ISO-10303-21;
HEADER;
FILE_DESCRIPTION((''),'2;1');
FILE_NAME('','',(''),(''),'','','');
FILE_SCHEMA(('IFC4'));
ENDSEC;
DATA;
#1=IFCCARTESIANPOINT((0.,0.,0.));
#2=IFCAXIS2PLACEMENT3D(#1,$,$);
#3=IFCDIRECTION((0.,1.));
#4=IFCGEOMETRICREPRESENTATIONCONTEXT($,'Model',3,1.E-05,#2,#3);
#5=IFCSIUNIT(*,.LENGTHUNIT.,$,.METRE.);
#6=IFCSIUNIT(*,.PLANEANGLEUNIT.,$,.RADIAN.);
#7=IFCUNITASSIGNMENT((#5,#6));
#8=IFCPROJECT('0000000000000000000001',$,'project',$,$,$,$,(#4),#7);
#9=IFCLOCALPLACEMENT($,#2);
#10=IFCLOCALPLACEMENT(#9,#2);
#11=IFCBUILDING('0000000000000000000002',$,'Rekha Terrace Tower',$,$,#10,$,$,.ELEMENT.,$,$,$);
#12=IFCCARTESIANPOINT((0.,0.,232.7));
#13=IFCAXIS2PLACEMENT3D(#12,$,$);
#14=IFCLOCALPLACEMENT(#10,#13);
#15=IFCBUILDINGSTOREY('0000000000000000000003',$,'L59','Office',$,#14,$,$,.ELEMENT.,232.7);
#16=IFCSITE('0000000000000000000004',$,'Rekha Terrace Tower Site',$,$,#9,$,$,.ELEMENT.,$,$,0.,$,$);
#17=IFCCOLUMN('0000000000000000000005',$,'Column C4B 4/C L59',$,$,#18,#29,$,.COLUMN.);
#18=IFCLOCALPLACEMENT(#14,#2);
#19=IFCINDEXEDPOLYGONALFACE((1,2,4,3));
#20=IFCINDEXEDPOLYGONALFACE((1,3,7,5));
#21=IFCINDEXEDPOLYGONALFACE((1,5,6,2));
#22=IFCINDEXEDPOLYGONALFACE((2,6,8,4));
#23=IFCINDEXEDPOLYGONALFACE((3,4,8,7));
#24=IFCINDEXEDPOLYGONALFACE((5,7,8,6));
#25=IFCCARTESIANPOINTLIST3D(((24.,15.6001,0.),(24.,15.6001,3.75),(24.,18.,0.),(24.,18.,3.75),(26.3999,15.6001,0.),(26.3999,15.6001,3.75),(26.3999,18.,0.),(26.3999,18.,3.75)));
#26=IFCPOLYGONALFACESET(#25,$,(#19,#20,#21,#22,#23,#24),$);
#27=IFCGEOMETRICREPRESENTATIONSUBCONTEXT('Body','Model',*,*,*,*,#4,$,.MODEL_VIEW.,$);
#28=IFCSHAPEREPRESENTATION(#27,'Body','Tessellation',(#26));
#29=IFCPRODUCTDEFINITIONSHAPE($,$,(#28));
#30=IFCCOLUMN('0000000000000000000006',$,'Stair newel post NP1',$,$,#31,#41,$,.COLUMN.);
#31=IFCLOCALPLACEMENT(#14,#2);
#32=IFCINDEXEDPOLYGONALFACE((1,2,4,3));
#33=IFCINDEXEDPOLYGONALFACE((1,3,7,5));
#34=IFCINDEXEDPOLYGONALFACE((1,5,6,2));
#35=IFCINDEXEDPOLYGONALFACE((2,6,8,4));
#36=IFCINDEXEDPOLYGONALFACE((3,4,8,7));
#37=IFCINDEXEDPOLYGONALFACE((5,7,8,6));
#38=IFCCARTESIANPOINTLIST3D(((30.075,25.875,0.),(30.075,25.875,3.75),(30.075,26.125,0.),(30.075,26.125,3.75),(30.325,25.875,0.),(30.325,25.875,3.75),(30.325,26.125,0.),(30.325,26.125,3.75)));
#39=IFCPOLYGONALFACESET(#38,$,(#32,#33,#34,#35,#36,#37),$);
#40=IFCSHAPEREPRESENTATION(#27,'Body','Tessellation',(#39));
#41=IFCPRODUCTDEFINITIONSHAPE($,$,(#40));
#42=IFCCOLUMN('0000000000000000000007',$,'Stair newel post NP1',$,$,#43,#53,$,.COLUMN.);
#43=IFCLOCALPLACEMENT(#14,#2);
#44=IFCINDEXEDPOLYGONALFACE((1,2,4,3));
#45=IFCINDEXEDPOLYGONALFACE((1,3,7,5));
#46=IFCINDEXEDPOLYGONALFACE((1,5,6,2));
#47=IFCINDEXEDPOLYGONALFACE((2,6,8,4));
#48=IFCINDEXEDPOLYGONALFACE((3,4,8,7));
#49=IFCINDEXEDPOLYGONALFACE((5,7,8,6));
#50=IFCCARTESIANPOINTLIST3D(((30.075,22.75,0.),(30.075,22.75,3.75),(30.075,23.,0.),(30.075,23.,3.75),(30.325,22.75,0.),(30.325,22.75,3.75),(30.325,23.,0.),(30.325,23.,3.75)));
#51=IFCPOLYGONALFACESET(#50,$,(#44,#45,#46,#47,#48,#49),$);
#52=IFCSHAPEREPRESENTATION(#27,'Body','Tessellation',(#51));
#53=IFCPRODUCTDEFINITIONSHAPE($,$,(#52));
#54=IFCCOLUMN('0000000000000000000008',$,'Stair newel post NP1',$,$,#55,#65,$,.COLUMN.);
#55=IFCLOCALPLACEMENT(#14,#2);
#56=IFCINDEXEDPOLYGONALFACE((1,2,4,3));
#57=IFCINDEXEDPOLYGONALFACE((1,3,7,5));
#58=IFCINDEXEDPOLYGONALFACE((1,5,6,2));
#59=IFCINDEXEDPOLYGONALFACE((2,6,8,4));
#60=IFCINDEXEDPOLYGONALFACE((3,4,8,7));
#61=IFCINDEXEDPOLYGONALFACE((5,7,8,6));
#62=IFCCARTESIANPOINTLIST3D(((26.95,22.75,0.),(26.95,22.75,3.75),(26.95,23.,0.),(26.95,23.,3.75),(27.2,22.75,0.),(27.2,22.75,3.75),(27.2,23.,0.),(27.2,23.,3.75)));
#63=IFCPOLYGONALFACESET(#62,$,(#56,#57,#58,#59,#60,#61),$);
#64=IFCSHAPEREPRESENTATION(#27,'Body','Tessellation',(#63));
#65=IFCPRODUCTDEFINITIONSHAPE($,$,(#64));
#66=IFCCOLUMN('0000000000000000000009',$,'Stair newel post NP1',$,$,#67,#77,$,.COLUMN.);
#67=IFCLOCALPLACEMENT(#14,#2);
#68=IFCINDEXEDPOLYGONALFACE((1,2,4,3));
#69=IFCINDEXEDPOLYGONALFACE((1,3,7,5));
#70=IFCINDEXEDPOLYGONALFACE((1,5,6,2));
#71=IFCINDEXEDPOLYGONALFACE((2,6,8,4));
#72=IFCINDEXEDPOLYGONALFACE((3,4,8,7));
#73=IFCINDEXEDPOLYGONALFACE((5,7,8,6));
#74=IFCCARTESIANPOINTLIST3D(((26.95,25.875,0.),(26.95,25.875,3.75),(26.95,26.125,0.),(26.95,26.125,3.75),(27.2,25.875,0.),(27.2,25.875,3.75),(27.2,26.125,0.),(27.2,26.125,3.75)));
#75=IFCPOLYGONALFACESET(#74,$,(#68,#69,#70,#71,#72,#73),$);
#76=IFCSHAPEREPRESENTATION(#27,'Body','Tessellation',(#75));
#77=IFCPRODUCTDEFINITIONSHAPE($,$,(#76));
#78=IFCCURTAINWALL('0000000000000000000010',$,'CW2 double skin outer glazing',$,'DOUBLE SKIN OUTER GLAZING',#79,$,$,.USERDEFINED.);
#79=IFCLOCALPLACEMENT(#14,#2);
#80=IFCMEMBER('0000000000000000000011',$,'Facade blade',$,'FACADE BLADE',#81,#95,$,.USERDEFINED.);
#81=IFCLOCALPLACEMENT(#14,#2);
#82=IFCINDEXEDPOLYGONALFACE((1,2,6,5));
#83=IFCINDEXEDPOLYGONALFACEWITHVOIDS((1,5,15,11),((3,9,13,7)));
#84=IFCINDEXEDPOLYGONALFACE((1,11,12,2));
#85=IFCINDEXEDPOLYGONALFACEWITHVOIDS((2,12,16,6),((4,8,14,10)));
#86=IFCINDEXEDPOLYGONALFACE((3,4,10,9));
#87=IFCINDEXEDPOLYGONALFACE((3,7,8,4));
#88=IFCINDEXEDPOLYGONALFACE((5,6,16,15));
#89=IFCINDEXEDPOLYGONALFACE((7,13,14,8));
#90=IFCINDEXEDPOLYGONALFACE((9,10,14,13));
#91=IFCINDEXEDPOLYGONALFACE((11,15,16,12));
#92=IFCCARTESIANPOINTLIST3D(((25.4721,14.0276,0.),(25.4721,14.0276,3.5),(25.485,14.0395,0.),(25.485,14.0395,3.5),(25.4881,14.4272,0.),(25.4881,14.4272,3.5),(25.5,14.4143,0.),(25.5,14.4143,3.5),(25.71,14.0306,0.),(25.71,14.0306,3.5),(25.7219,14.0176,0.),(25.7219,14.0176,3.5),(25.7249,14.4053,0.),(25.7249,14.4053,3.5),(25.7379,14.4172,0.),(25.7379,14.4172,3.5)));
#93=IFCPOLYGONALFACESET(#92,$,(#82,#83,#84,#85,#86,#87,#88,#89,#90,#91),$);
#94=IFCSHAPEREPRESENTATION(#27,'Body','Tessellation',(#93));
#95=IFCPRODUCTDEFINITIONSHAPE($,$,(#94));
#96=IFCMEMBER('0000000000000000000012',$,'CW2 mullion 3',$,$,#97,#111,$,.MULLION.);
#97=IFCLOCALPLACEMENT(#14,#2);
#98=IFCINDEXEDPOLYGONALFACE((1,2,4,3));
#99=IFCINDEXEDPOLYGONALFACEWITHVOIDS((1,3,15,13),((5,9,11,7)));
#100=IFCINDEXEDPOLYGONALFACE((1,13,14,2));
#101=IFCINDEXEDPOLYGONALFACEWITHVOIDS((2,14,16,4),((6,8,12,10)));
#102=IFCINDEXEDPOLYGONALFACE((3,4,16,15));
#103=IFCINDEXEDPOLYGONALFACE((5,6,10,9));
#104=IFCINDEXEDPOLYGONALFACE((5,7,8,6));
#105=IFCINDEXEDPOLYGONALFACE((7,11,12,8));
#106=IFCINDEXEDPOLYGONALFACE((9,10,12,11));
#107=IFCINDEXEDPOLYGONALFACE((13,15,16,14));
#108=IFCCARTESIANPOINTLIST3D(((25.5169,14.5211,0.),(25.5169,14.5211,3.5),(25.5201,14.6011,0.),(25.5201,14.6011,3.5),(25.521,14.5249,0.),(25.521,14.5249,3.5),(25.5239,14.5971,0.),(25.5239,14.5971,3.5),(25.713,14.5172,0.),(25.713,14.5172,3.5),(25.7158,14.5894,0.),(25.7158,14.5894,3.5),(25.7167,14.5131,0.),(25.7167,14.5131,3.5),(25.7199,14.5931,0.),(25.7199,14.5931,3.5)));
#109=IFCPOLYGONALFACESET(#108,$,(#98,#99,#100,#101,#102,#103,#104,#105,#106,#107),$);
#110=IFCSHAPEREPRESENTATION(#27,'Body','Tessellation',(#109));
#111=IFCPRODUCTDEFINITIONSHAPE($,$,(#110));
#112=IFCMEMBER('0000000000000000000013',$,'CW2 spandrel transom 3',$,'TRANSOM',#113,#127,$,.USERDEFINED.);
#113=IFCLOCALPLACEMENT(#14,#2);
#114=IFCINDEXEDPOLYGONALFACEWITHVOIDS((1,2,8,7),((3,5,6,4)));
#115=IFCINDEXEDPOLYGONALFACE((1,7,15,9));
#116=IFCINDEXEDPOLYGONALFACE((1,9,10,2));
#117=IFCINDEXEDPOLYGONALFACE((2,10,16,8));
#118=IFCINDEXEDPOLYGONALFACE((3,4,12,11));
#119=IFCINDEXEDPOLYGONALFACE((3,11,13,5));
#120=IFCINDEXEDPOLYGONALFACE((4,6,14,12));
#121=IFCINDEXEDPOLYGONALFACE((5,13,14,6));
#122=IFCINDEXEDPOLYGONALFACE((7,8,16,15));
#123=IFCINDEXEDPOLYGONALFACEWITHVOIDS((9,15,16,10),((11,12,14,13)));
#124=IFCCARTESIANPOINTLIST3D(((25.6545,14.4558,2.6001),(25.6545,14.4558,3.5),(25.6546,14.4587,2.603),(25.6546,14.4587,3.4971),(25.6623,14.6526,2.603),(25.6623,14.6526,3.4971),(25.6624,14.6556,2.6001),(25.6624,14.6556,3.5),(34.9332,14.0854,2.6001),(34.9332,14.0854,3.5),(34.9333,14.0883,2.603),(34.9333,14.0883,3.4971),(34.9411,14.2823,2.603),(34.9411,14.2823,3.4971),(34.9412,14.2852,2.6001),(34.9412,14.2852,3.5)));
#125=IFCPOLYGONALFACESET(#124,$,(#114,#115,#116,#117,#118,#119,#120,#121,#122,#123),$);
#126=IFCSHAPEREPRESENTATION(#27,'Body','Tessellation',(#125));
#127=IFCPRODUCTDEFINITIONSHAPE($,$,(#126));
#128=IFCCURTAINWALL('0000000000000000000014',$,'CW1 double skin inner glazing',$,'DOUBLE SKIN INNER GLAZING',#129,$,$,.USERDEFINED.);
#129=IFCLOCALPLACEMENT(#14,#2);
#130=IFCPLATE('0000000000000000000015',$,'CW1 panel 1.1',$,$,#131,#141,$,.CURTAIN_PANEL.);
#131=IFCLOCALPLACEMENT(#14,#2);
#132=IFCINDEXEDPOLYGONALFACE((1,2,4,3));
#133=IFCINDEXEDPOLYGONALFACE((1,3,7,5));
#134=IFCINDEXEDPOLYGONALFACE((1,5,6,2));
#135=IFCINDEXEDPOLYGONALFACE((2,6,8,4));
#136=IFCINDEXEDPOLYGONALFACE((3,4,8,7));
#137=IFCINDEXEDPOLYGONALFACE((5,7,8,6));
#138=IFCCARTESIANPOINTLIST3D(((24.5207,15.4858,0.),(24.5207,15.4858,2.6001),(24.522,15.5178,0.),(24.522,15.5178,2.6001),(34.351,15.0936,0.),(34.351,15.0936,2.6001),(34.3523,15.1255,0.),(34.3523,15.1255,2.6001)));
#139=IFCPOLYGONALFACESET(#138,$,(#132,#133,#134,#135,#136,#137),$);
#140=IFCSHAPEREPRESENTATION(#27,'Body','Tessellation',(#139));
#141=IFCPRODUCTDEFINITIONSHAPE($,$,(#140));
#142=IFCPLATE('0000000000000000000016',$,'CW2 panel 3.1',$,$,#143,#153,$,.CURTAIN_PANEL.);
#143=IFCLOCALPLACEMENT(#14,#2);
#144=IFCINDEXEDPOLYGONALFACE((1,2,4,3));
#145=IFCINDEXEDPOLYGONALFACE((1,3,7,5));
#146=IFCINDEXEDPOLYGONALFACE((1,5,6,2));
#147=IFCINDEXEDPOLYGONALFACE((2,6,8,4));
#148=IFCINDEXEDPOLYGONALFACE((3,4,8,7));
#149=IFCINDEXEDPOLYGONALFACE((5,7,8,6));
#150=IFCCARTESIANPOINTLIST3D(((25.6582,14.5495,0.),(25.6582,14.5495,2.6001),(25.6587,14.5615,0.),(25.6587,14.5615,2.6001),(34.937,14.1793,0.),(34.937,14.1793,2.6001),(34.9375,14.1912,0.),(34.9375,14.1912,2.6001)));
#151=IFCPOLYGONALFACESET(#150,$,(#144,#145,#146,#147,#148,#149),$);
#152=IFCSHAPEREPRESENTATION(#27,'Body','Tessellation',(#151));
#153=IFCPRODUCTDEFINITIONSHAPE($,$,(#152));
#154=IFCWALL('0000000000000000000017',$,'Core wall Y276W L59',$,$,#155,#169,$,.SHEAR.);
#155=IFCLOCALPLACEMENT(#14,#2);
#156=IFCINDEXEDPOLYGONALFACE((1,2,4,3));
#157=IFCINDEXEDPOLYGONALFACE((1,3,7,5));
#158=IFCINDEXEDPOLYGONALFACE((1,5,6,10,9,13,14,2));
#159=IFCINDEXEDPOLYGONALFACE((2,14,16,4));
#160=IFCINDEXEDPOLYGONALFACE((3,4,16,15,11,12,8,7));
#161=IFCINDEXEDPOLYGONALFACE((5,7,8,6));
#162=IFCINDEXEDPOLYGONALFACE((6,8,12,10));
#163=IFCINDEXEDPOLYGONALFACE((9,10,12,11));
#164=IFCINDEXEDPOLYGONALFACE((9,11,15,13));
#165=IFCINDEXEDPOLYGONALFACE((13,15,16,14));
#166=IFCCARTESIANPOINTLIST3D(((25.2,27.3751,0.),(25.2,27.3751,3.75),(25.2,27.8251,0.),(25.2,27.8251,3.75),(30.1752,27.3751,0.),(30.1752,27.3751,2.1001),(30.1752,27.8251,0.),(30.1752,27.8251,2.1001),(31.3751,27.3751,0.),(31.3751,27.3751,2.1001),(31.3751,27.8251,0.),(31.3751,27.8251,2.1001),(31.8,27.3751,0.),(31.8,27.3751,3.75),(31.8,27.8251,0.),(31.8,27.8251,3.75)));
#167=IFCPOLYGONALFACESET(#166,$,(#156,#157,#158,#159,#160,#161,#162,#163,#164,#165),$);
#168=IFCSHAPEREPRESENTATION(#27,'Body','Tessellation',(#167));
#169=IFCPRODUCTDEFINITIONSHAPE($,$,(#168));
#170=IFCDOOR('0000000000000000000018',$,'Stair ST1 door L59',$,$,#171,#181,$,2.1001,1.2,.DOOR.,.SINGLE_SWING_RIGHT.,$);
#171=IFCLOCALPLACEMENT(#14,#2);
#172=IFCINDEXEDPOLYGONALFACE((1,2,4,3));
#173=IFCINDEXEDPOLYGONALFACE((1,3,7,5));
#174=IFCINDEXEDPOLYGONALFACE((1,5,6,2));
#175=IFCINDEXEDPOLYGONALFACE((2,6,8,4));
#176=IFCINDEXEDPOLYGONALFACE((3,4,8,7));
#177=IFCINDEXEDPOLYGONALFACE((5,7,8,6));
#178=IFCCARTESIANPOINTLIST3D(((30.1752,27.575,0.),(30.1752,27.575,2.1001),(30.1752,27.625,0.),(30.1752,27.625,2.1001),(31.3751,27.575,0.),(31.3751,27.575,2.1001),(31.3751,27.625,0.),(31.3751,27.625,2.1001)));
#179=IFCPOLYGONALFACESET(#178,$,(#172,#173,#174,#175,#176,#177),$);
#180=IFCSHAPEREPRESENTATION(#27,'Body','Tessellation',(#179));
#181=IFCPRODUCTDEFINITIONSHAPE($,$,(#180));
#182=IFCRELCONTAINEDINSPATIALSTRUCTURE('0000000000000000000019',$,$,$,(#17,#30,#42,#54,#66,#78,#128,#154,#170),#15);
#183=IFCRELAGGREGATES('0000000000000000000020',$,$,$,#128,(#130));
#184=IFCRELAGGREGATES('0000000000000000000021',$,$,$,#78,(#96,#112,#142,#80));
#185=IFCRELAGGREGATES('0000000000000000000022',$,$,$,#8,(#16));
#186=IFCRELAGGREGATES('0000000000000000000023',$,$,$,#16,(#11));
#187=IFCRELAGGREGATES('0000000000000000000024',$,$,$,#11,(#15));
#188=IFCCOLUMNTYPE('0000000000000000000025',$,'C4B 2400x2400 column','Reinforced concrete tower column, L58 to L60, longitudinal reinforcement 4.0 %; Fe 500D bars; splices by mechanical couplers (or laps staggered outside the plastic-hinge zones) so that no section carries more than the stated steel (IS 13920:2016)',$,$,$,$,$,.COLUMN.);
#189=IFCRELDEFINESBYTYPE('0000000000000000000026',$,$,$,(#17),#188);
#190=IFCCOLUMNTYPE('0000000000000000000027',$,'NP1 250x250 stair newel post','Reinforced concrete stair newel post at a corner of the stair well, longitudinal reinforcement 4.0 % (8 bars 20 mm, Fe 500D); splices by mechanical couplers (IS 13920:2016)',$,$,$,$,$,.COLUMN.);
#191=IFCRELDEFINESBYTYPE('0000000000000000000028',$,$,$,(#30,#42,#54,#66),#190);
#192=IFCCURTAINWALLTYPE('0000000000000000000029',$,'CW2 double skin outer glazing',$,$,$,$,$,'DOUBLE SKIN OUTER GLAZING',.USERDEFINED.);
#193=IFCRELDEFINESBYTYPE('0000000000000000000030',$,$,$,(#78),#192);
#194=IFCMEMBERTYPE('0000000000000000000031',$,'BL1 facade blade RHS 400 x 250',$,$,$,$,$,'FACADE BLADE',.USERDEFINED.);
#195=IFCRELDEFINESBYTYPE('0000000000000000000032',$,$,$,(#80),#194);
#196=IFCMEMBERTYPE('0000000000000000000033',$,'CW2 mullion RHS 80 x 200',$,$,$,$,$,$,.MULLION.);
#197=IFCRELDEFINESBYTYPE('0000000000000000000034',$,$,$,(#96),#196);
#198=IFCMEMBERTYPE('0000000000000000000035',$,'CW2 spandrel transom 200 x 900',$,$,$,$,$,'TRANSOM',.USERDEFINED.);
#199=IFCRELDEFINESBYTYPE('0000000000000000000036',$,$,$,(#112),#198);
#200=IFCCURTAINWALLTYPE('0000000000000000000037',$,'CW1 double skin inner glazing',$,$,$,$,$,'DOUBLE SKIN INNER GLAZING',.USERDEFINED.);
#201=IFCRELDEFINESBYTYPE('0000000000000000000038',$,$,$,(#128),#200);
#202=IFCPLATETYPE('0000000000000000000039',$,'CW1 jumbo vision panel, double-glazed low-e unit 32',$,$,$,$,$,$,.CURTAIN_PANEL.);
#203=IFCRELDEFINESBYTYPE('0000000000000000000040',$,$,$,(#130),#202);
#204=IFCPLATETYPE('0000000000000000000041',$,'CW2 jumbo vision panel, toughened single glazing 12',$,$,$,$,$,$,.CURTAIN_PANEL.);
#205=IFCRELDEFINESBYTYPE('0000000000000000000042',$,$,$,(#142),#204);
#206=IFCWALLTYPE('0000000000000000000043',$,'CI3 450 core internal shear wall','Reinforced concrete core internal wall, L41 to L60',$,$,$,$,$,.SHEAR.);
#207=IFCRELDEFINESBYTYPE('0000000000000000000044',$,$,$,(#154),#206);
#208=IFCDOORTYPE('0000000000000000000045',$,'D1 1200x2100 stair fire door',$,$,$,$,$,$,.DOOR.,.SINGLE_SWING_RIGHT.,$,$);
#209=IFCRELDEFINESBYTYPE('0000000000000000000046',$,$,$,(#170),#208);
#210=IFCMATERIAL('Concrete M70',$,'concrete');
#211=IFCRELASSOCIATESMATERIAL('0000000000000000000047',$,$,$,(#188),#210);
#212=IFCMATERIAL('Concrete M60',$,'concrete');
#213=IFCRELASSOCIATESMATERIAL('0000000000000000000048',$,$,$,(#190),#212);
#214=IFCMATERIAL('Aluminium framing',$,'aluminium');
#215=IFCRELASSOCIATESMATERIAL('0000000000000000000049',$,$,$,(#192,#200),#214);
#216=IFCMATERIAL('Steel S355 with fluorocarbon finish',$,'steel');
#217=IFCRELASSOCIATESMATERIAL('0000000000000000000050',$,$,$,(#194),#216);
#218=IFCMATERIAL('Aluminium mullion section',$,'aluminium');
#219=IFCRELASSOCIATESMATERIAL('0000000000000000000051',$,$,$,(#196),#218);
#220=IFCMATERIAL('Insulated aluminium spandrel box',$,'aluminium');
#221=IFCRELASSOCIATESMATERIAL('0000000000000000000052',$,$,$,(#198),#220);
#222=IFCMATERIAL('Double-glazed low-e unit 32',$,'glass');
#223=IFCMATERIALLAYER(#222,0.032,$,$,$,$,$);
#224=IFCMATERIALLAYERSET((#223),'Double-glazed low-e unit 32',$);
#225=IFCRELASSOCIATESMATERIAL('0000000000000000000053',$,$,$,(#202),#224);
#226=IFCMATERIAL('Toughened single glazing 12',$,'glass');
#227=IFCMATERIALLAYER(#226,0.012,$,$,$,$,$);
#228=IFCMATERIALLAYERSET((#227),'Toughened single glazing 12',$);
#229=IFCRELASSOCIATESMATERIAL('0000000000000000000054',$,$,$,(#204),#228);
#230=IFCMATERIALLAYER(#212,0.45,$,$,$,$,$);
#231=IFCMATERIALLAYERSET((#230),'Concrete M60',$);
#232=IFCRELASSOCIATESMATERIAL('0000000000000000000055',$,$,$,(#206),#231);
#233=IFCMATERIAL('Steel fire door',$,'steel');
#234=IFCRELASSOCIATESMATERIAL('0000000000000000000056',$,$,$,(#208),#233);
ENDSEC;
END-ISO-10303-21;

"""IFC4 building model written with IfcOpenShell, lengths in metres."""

from ifc_helpers import new_model, si_unit, direction, frame, frame_2d, origin, origin_2d, place, context, subcontext, project, spatial, rectangle, hollow_rectangle, extrude, material, layer, layer_set, material_profile, profile_set, type_object, element, fill, aggregate, save


model = new_model("IFC4")

# Units and contexts
model_context = context("Model", 3, precision=1e-05, world=origin(), true_north=direction((0.0, 1.0)))
body_context = subcontext(model_context, "Body", "Model", "MODEL_VIEW")
ifc_project = project(units=[si_unit("LENGTHUNIT", "METRE"), si_unit("PLANEANGLEUNIT", "RADIAN")], contexts=[model_context])

# Site, building, storey
site_placement = place(None, origin())
site = spatial("IfcSite", under=ifc_project, at=site_placement, Name="Rekha Terrace Tower Site", CompositionType="ELEMENT", RefElevation=0.0)
building_placement = place(site_placement, origin())
building = spatial("IfcBuilding", under=site, at=building_placement, Name="Rekha Terrace Tower", CompositionType="ELEMENT")
storey_placement = place(building_placement, frame((0.0, 0.0, 232.7)))
storey = spatial("IfcBuildingStorey", under=building, at=storey_placement, Name="L59", Description="Office", CompositionType="ELEMENT", Elevation=232.7)

# Columns
ifc_material_1 = material(Name="Concrete M70", Category="concrete")
ifc_material_profile_1 = material_profile(ifc_material_1, rectangle(XDim=2.3999, YDim=2.3999, at=origin_2d()), Name="RC 2400x2400")
ifc_profile_set_1 = profile_set([ifc_material_profile_1], Name="Concrete M70")
column_type_1 = type_object("IfcColumnType", Name="C4B 2400x2400 column", Description="Reinforced concrete tower column, L58 to L60, longitudinal reinforcement 4.0 %; Fe 500D bars; splices by mechanical couplers (or laps staggered outside the plastic-hinge zones) so that no section carries more than the stated steel (IS 13920:2016)", PredefinedType="COLUMN", material=ifc_profile_set_1)
column_placement = place(storey_placement, frame((25.2, 16.8, 0.0), z_axis=(0.0, 0.0, 1.0), x_axis=(1.0, 0.0, 0.0)))
element("IfcColumn", 1, at=column_placement, inside=storey, type_object=column_type_1, Name="Column C4B 4/C L59", PredefinedType="COLUMN", context=body_context, shape_type="SweptSolid", body=[
    extrude(rectangle(XDim=2.3999, YDim=2.3999, at=origin_2d()), origin(), (0.0, 0.0, 1.0), 3.75),
])
ifc_material_2 = material(Name="Concrete M60", Category="concrete")
ifc_material_profile_2 = material_profile(ifc_material_2, rectangle(XDim=0.25, YDim=0.25, at=origin_2d()), Name="RC 250x250")
ifc_profile_set_2 = profile_set([ifc_material_profile_2], Name="Concrete M60")
column_type_2 = type_object("IfcColumnType", Name="NP1 250x250 stair newel post", Description="Reinforced concrete stair newel post at a corner of the stair well, longitudinal reinforcement 4.0 % (8 bars 20 mm, Fe 500D); splices by mechanical couplers (IS 13920:2016)", PredefinedType="COLUMN", material=ifc_profile_set_2)
for number, where, z_axis, x_axis, name in (
    (2, (30.2, 26.0, 0.0), (0.0, 0.0, 1.0), (1.0, 0.0, 0.0), "Stair newel post NP1"),
    (3, (30.2, 22.875, 0.0), (0.0, 0.0, 1.0), (1.0, 0.0, 0.0), "Stair newel post NP1"),
    (4, (27.075, 22.875, 0.0), (0.0, 0.0, 1.0), (1.0, 0.0, 0.0), "Stair newel post NP1"),
    (5, (27.075, 26.0, 0.0), (0.0, 0.0, 1.0), (1.0, 0.0, 0.0), "Stair newel post NP1"),
):
    element("IfcColumn", number, at=place(storey_placement, frame(where, z_axis=z_axis, x_axis=x_axis)), inside=storey, type_object=column_type_2, Name=name, PredefinedType="COLUMN", context=body_context, shape_type="SweptSolid", body=[
        extrude(rectangle(XDim=0.25, YDim=0.25, at=origin_2d()), origin(), (0.0, 0.0, 1.0), 3.75),
    ])

# Curtain wall, members
ifc_material_3 = material(Name="Aluminium framing", Category="aluminium")
curtain_wall_type_1 = type_object("IfcCurtainWallType", Name="CW2 double skin outer glazing", ElementType="DOUBLE SKIN OUTER GLAZING", PredefinedType="USERDEFINED", material=ifc_material_3)
curtain_wall_1_placement = place(storey_placement, origin())
curtain_wall_1 = element("IfcCurtainWall", 6, at=curtain_wall_1_placement, inside=storey, type_object=curtain_wall_type_1, Name="CW2 double skin outer glazing", ObjectType="DOUBLE SKIN OUTER GLAZING", PredefinedType="USERDEFINED")
ifc_material_4 = material(Name="Steel S355 with fluorocarbon finish", Category="steel")
ifc_material_profile_3 = material_profile(ifc_material_4, hollow_rectangle(XDim=0.25, YDim=0.3999, WallThickness=0.0125, at=origin_2d()), Name="RHS400x250x12.5")
ifc_profile_set_3 = profile_set([ifc_material_profile_3], Name="Steel S355 with fluorocarbon finish")
member_type_1 = type_object("IfcMemberType", Name="BL1 facade blade RHS 400 x 250", ElementType="FACADE BLADE", PredefinedType="USERDEFINED", material=ifc_profile_set_3)
member_1_placement = place(storey_placement, frame((25.605, 14.2224, 0.0), z_axis=(0.0, 0.0, 1.0), x_axis=(0.999205, -0.039872, 0.0)))
member_1 = element("IfcMember", 7, at=member_1_placement, type_object=member_type_1, Name="Facade blade", ObjectType="FACADE BLADE", PredefinedType="USERDEFINED", context=body_context, shape_type="SweptSolid", body=[
    extrude(hollow_rectangle(XDim=0.25, YDim=0.3999, WallThickness=0.0125, at=origin_2d()), origin(), (0.0, 0.0, 1.0), 3.5),
])
ifc_material_5 = material(Name="Aluminium mullion section", Category="aluminium")
ifc_material_profile_4 = material_profile(ifc_material_5, hollow_rectangle(XDim=0.0801, YDim=0.2, WallThickness=0.0039, at=origin_2d()), Name="AL RHS 80x200")
ifc_profile_set_4 = profile_set([ifc_material_profile_4], Name="Aluminium mullion section")
member_type_2 = type_object("IfcMemberType", Name="CW2 mullion RHS 80 x 200", PredefinedType="MULLION", material=ifc_profile_set_4)
member_2_placement = place(storey_placement, frame((25.6184, 14.5571, 0.0), z_axis=(0.0, 0.0, 1.0), x_axis=(0.039872, 0.999205, 0.0)))
member_2 = element("IfcMember", 8, at=member_2_placement, type_object=member_type_2, Name="CW2 mullion 3", PredefinedType="MULLION", context=body_context, shape_type="SweptSolid", body=[
    extrude(hollow_rectangle(XDim=0.0801, YDim=0.2, WallThickness=0.0039, at=origin_2d()), origin(), (0.0, 0.0, 1.0), 3.5),
])
ifc_material_6 = material(Name="Insulated aluminium spandrel box", Category="aluminium")
ifc_material_profile_5 = material_profile(ifc_material_6, hollow_rectangle(XDim=0.2, YDim=0.8999, WallThickness=0.0029, at=origin_2d()), Name="AL SPANDREL BOX 200x900")
ifc_profile_set_5 = profile_set([ifc_material_profile_5], Name="Insulated aluminium spandrel box")
member_type_3 = type_object("IfcMemberType", Name="CW2 spandrel transom 200 x 900", ElementType="TRANSOM", PredefinedType="USERDEFINED", material=ifc_profile_set_5)
member_3_placement = place(storey_placement, frame((25.6584, 14.5557, 3.05), z_axis=(0.999204, -0.039883, 0.0), x_axis=(0.039883, 0.999204, 0.0)))
member_3 = element("IfcMember", 9, at=member_3_placement, type_object=member_type_3, Name="CW2 spandrel transom 3", ObjectType="TRANSOM", PredefinedType="USERDEFINED", context=body_context, shape_type="SweptSolid", body=[
    extrude(hollow_rectangle(XDim=0.2, YDim=0.8999, WallThickness=0.0029, at=origin_2d()), origin(), (0.0, 0.0, 1.0), 9.2861),
])

# Curtain wall, plate
curtain_wall_type_2 = type_object("IfcCurtainWallType", Name="CW1 double skin inner glazing", ElementType="DOUBLE SKIN INNER GLAZING", PredefinedType="USERDEFINED", material=ifc_material_3)
curtain_wall_2_placement = place(storey_placement, origin())
curtain_wall_2 = element("IfcCurtainWall", 10, at=curtain_wall_2_placement, inside=storey, type_object=curtain_wall_type_2, Name="CW1 double skin inner glazing", ObjectType="DOUBLE SKIN INNER GLAZING", PredefinedType="USERDEFINED")
ifc_material_7 = material(Name="Double-glazed low-e unit 32", Category="glass")
ifc_layer_1 = layer(ifc_material_7, 0.032)
ifc_layer_set_1 = layer_set([ifc_layer_1], Name="Double-glazed low-e unit 32")
plate_type_1 = type_object("IfcPlateType", Name="CW1 jumbo vision panel, double-glazed low-e unit 32", PredefinedType="CURTAIN_PANEL", material=ifc_layer_set_1)
plate_1_placement = place(storey_placement, frame((29.4365, 15.3057, 0.0), z_axis=(0.0, 0.0, 1.0), x_axis=(0.999205, -0.039872, 0.0)))
plate_1 = element("IfcPlate", 11, at=plate_1_placement, type_object=plate_type_1, Name="CW1 panel 1.1", PredefinedType="CURTAIN_PANEL", context=body_context, shape_type="SweptSolid", body=[
    extrude(rectangle(XDim=9.8381, YDim=0.032, at=origin_2d()), origin(), (0.0, 0.0, 1.0), 2.6001),
])
aggregate(curtain_wall_2, [plate_1])

# Plate
ifc_material_8 = material(Name="Toughened single glazing 12", Category="glass")
ifc_layer_2 = layer(ifc_material_8, 0.012)
ifc_layer_set_2 = layer_set([ifc_layer_2], Name="Toughened single glazing 12")
plate_type_2 = type_object("IfcPlateType", Name="CW2 jumbo vision panel, toughened single glazing 12", PredefinedType="CURTAIN_PANEL", material=ifc_layer_set_2)
plate_2_placement = place(storey_placement, frame((30.2979, 14.3704, 0.0), z_axis=(0.0, 0.0, 1.0), x_axis=(0.999205, -0.039872, 0.0)))
plate_2 = element("IfcPlate", 12, at=plate_2_placement, type_object=plate_type_2, Name="CW2 panel 3.1", PredefinedType="CURTAIN_PANEL", context=body_context, shape_type="SweptSolid", body=[
    extrude(rectangle(XDim=9.2861, YDim=0.012, at=origin_2d()), origin(), (0.0, 0.0, 1.0), 2.6001),
])
aggregate(curtain_wall_1, [member_2, member_3, plate_2, member_1])

# Wall, opening, door
ifc_layer_3 = layer(ifc_material_2, 0.45)
ifc_layer_set_3 = layer_set([ifc_layer_3], Name="Concrete M60")
wall_type_1 = type_object("IfcWallType", Name="CI3 450 core internal shear wall", Description="Reinforced concrete core internal wall, L41 to L60", PredefinedType="SHEAR", material=ifc_layer_set_3)
wall_1_placement = place(storey_placement, frame((25.2, 27.6001, 0.0), z_axis=(0.0, 0.0, 1.0), x_axis=(1.0, 0.0, 0.0)))
wall_1 = element("IfcWall", 13, at=wall_1_placement, inside=storey, type_object=wall_type_1, Name="Core wall Y276W L59", PredefinedType="SHEAR", context=body_context, shape_type="SweptSolid", body=[
    extrude(rectangle(XDim=6.6001, YDim=0.45, at=frame_2d((3.3, 0.0))), origin(), (0.0, 0.0, 1.0), 3.75),
])
opening_1_placement = place(wall_1_placement, frame((4.9751, 0.0, 0.0)))
opening_1 = element("IfcOpeningElement", 14, at=opening_1_placement, cuts=wall_1, PredefinedType="OPENING", context=body_context, shape_type="SweptSolid", body=[
    extrude(rectangle(XDim=1.2, YDim=2.1001, at=frame_2d((0.6001, 1.05))), frame((0.0, 0.2349, 0.0), z_axis=(0.0, -1.0, 0.0), x_axis=(1.0, 0.0, 0.0)), (0.0, 0.0, 1.0), 0.47),
])
ifc_material_9 = material(Name="Steel fire door", Category="steel")
door_type_1 = type_object("IfcDoorType", Name="D1 1200x2100 stair fire door", OperationType="SINGLE_SWING_RIGHT", PredefinedType="DOOR", material=ifc_material_9)
door_1_placement = place(opening_1_placement, origin())
door_1 = element("IfcDoor", 15, at=door_1_placement, inside=storey, type_object=door_type_1, Name="Stair ST1 door L59", OperationType="SINGLE_SWING_RIGHT", OverallHeight=2.1001, OverallWidth=1.2, PredefinedType="DOOR", context=body_context, shape_type="SweptSolid", body=[
    extrude(rectangle(XDim=1.2, YDim=2.1001, at=frame_2d((0.6001, 1.05))), frame((0.0, 0.0249, 0.0), z_axis=(0.0, -1.0, 0.0), x_axis=(1.0, 0.0, 0.0)), (0.0, 0.0, 1.0), 0.05),
])
fill(opening_1, door_1)

save(model, "model.ifc")
